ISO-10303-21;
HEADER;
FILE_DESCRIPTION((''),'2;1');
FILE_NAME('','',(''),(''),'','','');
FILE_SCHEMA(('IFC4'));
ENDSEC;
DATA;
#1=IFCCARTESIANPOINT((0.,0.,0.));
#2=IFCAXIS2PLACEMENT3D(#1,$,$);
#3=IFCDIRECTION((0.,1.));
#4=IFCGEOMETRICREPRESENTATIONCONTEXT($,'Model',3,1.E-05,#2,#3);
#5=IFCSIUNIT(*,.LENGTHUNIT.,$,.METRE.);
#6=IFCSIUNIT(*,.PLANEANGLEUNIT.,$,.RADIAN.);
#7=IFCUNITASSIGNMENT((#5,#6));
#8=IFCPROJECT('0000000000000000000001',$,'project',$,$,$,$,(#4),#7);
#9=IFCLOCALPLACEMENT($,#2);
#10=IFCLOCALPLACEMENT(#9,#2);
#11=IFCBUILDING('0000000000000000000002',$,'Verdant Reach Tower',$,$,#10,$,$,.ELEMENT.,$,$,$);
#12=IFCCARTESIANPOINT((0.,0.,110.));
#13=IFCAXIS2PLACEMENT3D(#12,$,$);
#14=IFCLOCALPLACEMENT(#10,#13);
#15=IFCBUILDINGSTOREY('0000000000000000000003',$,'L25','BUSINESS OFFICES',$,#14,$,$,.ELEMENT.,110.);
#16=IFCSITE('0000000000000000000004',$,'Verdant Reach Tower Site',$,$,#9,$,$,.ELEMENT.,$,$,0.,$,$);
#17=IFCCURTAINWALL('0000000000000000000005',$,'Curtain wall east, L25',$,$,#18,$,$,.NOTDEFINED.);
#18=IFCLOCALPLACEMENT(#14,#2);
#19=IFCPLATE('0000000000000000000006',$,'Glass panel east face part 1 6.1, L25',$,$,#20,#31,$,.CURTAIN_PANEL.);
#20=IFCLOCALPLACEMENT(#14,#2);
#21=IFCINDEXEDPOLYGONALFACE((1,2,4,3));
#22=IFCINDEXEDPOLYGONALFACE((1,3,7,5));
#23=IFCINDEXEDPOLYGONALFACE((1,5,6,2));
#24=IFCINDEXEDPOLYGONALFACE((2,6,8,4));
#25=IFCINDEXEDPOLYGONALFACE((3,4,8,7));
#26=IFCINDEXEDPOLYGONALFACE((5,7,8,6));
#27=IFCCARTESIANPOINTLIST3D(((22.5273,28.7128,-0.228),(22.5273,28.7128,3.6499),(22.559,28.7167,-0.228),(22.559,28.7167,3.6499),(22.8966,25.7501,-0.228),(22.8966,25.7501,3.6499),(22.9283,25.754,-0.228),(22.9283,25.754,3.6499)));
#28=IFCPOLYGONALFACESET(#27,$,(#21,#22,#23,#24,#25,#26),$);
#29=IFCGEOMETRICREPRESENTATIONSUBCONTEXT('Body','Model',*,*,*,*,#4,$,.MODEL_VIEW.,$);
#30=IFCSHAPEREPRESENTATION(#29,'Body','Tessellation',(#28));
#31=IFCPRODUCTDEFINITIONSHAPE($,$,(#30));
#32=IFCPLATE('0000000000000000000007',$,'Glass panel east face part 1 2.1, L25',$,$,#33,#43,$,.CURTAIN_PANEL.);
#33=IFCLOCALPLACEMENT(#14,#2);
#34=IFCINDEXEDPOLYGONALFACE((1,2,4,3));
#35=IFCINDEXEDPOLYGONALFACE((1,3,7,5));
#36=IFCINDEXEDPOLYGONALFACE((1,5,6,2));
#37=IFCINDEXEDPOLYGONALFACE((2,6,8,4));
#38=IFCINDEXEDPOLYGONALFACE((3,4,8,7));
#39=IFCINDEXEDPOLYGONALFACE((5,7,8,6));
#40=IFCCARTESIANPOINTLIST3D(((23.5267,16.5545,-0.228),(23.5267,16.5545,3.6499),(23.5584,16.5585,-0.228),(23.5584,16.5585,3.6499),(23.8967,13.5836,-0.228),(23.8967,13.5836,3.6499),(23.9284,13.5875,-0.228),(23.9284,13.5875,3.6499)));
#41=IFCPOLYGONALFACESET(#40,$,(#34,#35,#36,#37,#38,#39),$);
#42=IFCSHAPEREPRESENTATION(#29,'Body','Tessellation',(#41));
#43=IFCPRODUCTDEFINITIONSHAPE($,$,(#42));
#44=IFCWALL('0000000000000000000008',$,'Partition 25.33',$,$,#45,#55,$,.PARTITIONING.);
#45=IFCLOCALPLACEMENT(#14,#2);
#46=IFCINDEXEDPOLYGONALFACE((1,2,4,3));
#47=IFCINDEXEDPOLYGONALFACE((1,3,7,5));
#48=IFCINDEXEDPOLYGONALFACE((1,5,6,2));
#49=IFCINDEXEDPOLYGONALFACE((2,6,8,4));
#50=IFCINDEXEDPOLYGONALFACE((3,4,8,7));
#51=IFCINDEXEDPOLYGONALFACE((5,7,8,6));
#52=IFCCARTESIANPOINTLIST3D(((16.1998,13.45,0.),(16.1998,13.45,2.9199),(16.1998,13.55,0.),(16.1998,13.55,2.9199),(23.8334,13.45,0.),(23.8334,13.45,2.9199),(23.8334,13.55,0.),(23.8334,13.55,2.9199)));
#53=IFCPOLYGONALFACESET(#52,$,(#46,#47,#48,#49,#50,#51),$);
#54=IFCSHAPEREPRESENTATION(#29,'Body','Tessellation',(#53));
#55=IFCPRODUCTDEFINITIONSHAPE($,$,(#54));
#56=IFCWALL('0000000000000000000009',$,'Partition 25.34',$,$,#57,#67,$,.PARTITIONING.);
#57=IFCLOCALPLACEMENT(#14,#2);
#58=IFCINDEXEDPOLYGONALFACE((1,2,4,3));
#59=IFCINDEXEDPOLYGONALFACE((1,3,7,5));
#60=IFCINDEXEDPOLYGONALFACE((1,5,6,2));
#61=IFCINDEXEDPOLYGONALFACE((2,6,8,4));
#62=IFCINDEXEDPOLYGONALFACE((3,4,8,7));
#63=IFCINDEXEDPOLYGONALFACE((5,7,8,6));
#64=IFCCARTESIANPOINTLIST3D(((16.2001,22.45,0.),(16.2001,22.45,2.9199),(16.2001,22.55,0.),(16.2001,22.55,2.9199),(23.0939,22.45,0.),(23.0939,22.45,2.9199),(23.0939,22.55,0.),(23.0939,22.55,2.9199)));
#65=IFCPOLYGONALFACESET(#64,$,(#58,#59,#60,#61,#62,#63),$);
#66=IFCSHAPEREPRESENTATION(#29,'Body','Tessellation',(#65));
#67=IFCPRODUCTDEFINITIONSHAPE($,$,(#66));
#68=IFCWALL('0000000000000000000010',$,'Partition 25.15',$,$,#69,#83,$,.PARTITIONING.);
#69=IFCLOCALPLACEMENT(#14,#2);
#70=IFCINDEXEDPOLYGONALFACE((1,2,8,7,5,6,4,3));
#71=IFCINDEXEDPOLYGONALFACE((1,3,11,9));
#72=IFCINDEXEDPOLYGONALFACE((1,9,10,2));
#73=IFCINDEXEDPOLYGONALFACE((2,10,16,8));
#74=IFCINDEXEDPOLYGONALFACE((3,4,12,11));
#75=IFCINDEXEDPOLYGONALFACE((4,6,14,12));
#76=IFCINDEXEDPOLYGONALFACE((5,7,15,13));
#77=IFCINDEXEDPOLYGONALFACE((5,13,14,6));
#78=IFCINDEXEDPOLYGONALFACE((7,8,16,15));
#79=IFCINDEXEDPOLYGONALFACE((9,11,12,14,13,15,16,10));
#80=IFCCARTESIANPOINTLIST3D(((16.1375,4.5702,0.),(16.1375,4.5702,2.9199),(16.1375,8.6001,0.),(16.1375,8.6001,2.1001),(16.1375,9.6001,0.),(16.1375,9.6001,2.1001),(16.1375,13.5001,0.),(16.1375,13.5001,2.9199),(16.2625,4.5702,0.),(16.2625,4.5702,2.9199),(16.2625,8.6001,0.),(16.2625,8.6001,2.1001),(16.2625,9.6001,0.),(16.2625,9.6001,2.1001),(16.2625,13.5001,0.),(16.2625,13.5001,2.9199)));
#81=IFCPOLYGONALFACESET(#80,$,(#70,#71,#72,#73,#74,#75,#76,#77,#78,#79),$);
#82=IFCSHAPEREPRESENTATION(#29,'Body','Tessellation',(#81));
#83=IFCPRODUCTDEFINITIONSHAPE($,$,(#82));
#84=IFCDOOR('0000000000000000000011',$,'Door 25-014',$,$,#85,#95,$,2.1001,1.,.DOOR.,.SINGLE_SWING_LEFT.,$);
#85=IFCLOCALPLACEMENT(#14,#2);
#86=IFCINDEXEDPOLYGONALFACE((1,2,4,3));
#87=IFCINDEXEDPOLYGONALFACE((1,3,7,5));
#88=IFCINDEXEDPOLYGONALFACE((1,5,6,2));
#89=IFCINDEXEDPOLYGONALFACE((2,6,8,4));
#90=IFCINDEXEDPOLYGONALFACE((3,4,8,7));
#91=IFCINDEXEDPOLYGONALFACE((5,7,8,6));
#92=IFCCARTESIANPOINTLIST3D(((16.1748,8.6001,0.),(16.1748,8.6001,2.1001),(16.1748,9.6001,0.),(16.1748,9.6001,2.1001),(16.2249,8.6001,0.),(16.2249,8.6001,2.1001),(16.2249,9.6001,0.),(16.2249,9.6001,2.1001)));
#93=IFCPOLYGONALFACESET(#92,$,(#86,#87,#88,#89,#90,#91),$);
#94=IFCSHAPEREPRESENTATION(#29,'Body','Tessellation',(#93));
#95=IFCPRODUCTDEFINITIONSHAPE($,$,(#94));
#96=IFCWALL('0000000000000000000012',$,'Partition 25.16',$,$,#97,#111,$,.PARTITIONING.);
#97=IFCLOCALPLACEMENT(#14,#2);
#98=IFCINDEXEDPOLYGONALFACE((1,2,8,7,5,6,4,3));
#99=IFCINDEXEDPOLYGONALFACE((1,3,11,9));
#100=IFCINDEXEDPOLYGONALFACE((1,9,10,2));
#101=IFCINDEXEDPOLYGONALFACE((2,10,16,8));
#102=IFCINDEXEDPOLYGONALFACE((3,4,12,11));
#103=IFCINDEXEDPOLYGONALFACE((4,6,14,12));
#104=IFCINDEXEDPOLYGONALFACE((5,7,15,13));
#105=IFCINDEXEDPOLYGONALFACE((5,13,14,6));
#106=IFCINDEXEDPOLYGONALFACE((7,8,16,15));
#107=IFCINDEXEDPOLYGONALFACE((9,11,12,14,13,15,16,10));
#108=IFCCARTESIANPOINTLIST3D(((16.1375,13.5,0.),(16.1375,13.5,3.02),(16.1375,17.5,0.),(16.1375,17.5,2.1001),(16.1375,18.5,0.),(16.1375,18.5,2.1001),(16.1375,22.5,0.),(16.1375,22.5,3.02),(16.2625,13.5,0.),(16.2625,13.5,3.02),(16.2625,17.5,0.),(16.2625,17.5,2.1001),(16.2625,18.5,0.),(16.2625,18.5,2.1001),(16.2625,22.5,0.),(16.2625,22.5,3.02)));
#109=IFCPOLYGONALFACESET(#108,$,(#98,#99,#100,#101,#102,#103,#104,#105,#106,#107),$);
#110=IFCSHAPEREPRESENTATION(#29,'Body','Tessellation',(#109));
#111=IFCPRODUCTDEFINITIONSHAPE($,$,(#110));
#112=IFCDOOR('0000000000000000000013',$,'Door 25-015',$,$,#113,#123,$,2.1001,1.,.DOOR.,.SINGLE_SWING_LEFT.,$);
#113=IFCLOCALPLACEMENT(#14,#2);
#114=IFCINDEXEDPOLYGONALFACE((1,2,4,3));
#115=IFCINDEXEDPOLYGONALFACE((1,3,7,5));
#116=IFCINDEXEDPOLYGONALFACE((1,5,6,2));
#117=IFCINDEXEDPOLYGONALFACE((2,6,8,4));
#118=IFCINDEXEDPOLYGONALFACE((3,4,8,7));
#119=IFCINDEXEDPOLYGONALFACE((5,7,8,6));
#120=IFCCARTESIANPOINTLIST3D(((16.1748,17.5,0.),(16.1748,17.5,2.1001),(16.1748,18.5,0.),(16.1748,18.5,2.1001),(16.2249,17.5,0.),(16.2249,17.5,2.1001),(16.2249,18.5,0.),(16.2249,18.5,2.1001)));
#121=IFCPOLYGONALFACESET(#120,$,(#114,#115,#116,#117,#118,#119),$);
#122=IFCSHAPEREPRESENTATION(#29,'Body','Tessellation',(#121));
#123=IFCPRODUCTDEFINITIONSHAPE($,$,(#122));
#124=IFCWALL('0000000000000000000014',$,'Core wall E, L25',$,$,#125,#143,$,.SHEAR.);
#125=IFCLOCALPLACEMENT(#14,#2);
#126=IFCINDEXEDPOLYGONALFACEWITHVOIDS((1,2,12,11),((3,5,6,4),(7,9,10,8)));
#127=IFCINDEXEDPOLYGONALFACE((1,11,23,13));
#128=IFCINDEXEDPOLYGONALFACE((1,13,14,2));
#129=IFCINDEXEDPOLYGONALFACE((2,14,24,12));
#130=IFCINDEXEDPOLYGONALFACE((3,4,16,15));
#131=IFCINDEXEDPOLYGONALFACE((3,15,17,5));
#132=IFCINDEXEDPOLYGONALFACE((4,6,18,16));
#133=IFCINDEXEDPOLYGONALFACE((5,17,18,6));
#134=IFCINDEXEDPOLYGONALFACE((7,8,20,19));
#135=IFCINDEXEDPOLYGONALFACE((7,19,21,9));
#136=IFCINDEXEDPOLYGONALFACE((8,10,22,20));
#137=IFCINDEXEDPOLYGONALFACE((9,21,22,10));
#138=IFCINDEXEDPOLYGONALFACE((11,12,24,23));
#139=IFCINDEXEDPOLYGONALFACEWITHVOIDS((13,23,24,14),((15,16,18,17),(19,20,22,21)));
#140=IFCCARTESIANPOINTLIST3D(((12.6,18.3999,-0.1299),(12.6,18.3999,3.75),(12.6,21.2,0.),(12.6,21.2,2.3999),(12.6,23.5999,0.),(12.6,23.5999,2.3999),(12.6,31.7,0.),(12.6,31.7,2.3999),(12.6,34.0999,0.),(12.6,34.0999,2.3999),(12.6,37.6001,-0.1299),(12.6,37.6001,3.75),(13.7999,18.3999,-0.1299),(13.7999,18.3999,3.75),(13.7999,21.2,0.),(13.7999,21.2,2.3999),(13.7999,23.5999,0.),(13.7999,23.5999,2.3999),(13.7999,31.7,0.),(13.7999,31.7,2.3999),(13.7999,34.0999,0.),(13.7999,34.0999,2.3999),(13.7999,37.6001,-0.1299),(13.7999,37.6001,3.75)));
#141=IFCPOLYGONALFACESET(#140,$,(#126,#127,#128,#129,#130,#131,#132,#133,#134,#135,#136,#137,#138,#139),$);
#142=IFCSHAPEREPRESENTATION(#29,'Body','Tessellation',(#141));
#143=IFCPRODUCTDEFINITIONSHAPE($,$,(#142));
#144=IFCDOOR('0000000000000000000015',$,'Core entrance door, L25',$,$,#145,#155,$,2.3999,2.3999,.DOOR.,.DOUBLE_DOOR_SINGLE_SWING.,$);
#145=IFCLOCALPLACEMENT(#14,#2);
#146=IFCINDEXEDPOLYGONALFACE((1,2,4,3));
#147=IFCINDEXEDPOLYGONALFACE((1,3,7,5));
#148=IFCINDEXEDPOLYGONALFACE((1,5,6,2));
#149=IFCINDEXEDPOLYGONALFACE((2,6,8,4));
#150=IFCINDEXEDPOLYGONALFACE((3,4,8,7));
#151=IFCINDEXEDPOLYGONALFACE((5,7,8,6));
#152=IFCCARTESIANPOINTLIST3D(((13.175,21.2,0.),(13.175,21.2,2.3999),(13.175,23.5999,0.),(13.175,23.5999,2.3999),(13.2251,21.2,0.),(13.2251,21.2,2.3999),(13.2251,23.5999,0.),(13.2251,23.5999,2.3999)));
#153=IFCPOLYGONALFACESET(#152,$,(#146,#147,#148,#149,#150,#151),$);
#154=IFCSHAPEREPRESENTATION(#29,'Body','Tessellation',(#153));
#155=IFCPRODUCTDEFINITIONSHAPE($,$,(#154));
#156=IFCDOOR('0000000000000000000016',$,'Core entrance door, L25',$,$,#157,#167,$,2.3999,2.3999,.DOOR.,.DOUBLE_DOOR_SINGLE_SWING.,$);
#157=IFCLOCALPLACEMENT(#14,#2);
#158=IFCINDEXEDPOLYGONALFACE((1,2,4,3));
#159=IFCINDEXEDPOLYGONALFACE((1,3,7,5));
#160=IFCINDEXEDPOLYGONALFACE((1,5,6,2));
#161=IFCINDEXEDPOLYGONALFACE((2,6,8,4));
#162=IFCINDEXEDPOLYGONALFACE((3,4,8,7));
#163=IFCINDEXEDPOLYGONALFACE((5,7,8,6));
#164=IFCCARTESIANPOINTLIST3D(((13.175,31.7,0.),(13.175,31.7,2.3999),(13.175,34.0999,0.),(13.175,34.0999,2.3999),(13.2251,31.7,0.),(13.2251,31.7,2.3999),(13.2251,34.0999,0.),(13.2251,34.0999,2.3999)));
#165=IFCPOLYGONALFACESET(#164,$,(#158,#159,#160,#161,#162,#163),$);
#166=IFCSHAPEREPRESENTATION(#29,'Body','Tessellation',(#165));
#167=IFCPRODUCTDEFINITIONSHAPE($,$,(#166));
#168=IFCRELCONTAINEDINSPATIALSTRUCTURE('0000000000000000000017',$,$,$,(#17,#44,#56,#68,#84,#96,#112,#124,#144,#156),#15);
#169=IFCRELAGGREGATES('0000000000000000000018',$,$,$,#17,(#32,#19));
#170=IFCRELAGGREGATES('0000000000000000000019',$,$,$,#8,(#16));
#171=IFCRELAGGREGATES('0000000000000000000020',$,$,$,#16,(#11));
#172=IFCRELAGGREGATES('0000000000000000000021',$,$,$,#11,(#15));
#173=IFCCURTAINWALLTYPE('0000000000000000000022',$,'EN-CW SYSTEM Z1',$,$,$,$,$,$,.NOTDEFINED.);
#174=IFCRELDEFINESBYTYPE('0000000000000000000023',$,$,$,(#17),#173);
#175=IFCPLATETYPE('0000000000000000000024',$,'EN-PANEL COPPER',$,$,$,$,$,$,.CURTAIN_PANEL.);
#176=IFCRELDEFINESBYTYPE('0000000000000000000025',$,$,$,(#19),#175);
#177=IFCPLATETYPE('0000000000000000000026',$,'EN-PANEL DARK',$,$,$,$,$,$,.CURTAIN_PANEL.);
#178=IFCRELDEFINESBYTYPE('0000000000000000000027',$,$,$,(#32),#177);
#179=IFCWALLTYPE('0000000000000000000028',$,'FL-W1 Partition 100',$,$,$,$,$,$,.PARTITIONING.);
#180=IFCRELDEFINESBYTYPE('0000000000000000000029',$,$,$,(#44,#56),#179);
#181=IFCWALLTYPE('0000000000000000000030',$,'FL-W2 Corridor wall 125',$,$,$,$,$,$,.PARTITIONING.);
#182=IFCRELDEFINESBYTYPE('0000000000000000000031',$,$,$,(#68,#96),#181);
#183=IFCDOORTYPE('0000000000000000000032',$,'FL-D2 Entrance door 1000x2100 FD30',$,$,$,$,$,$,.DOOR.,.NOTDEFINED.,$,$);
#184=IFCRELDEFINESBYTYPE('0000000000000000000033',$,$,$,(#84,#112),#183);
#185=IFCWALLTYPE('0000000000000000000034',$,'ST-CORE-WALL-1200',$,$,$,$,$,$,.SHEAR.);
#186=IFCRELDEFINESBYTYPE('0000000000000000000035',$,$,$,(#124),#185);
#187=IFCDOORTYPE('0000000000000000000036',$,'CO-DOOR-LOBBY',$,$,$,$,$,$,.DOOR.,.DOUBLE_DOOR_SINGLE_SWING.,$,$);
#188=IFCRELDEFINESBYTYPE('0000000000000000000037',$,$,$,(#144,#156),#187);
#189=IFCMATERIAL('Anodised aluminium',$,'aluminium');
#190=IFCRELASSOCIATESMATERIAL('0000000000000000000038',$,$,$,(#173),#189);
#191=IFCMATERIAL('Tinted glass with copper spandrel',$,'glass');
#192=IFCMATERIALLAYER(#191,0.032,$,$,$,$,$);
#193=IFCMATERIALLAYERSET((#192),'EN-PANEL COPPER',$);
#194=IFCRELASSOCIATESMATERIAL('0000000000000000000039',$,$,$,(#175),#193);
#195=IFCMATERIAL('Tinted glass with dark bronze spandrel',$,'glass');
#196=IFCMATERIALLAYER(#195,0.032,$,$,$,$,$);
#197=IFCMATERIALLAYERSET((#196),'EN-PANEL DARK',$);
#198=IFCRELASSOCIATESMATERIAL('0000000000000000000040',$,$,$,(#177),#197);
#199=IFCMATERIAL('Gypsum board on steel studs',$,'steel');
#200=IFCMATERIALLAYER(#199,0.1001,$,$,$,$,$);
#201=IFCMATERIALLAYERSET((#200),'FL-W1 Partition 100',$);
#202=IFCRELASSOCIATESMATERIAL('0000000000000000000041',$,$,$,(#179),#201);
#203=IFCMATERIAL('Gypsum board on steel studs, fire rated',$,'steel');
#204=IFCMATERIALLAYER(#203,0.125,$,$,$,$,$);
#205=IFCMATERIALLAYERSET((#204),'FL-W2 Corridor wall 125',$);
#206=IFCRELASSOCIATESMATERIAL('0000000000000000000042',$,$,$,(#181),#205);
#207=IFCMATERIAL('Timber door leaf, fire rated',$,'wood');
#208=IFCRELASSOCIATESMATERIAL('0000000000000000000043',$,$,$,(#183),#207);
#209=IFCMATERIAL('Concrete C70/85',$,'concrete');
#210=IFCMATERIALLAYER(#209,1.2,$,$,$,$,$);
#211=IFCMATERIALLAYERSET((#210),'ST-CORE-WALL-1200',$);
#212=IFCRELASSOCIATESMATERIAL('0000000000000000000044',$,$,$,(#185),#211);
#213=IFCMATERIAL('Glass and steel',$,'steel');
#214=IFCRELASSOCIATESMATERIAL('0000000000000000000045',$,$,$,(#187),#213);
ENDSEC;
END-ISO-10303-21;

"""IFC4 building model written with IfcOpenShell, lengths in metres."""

from ifc_helpers import new_model, si_unit, direction, frame, frame_2d, origin, origin_2d, place, context, subcontext, project, spatial, rectangle, extrude, material, layer, layer_set, type_object, element, fill, aggregate, save


model = new_model("IFC4")

# Units and contexts
model_context = context("Model", 3, precision=1e-05, world=origin(), true_north=direction((0.0, 1.0)))
body_context = subcontext(model_context, "Body", "Model", "MODEL_VIEW")
ifc_project = project(units=[si_unit("LENGTHUNIT", "METRE"), si_unit("PLANEANGLEUNIT", "RADIAN")], contexts=[model_context])

# Site, building, storey
site_placement = place(None, origin())
site = spatial("IfcSite", under=ifc_project, at=site_placement, Name="Verdant Reach Tower Site", CompositionType="ELEMENT", RefElevation=0.0)
building_placement = place(site_placement, origin())
building = spatial("IfcBuilding", under=site, at=building_placement, Name="Verdant Reach Tower", CompositionType="ELEMENT")
storey_placement = place(building_placement, frame((0.0, 0.0, 110.0)))
storey = spatial("IfcBuildingStorey", under=building, at=storey_placement, Name="L25", Description="BUSINESS OFFICES", CompositionType="ELEMENT", Elevation=110.0)

# Curtain wall, plates
ifc_material_1 = material(Name="Anodised aluminium", Category="aluminium")
curtain_wall_type = type_object("IfcCurtainWallType", Name="EN-CW SYSTEM Z1", PredefinedType="NOTDEFINED", material=ifc_material_1)
curtain_wall_placement = place(storey_placement, origin())
curtain_wall = element("IfcCurtainWall", 1, at=curtain_wall_placement, inside=storey, type_object=curtain_wall_type, Name="Curtain wall east, L25", PredefinedType="NOTDEFINED")
ifc_material_2 = material(Name="Tinted glass with copper spandrel", Category="glass")
ifc_layer_1 = layer(ifc_material_2, 0.032)
ifc_layer_set_1 = layer_set([ifc_layer_1], Name="EN-PANEL COPPER")
plate_type_1 = type_object("IfcPlateType", Name="EN-PANEL COPPER", PredefinedType="CURTAIN_PANEL", material=ifc_layer_set_1)
plate_1_placement = place(storey_placement, frame((22.7278, 27.2334, -0.228), z_axis=(0.0, 0.0, 1.0), x_axis=(-0.123691, 0.992321, 0.0)))
plate_1 = element("IfcPlate", 2, at=plate_1_placement, type_object=plate_type_1, Name="Glass panel east face part 1 6.1, L25", PredefinedType="CURTAIN_PANEL", context=body_context, shape_type="SweptSolid", body=[
    extrude(rectangle(XDim=2.9856, YDim=0.032, at=origin_2d()), origin(), (0.0, 0.0, 1.0), 3.8779),
])
ifc_material_3 = material(Name="Tinted glass with dark bronze spandrel", Category="glass")
ifc_layer_2 = layer(ifc_material_3, 0.032)
ifc_layer_set_2 = layer_set([ifc_layer_2], Name="EN-PANEL DARK")
plate_type_2 = type_object("IfcPlateType", Name="EN-PANEL DARK", PredefinedType="CURTAIN_PANEL", material=ifc_layer_set_2)
plate_2_placement = place(storey_placement, frame((23.7275, 15.071, -0.228), z_axis=(0.0, 0.0, 1.0), x_axis=(-0.123579, 0.992335, 0.0)))
plate_2 = element("IfcPlate", 3, at=plate_2_placement, type_object=plate_type_2, Name="Glass panel east face part 1 2.1, L25", PredefinedType="CURTAIN_PANEL", context=body_context, shape_type="SweptSolid", body=[
    extrude(rectangle(XDim=2.9939, YDim=0.032, at=origin_2d()), origin(), (0.0, 0.0, 1.0), 3.8779),
])
aggregate(curtain_wall, [plate_2, plate_1])

# Walls
ifc_material_4 = material(Name="Gypsum board on steel studs", Category="steel")
ifc_layer_3 = layer(ifc_material_4, 0.1001)
ifc_layer_set_3 = layer_set([ifc_layer_3], Name="FL-W1 Partition 100")
wall_type_1 = type_object("IfcWallType", Name="FL-W1 Partition 100", PredefinedType="PARTITIONING", material=ifc_layer_set_3)
wall_1_placement = place(storey_placement, frame((23.8335, 13.5, 0.0), z_axis=(0.0, 0.0, 1.0), x_axis=(-1.0, 0.0, 0.0)))
element("IfcWall", 4, at=wall_1_placement, inside=storey, type_object=wall_type_1, Name="Partition 25.33", PredefinedType="PARTITIONING", context=body_context, shape_type="SweptSolid", body=[
    extrude(rectangle(XDim=7.6335, YDim=0.1001, at=frame_2d((3.8169, 0.0))), origin(), (0.0, 0.0, 1.0), 2.9199),
])
wall_2_placement = place(storey_placement, frame((23.0938, 22.5, 0.0), z_axis=(0.0, 0.0, 1.0), x_axis=(-1.0, 0.0, 0.0)))
element("IfcWall", 5, at=wall_2_placement, inside=storey, type_object=wall_type_1, Name="Partition 25.34", PredefinedType="PARTITIONING", context=body_context, shape_type="SweptSolid", body=[
    extrude(rectangle(XDim=6.8938, YDim=0.1001, at=frame_2d((3.4468, 0.0))), origin(), (0.0, 0.0, 1.0), 2.9199),
])

# Walls, openings, doors
ifc_material_5 = material(Name="Gypsum board on steel studs, fire rated", Category="steel")
ifc_layer_4 = layer(ifc_material_5, 0.125)
ifc_layer_set_4 = layer_set([ifc_layer_4], Name="FL-W2 Corridor wall 125")
wall_type_2 = type_object("IfcWallType", Name="FL-W2 Corridor wall 125", PredefinedType="PARTITIONING", material=ifc_layer_set_4)
wall_3_placement = place(storey_placement, frame((16.2, 13.5, 0.0), z_axis=(0.0, 0.0, 1.0), x_axis=(0.0, -1.0, 0.0)))
wall_3 = element("IfcWall", 6, at=wall_3_placement, inside=storey, type_object=wall_type_2, Name="Partition 25.15", PredefinedType="PARTITIONING", context=body_context, shape_type="SweptSolid", body=[
    extrude(rectangle(XDim=8.9299, YDim=0.125, at=frame_2d((4.4648, 0.0))), origin(), (0.0, 0.0, 1.0), 2.9199),
])
opening_1_placement = place(wall_3_placement, frame((3.8999, 0.0, 0.0)))
opening_1 = element("IfcOpeningElement", 7, at=opening_1_placement, cuts=wall_3, PredefinedType="OPENING", context=body_context, shape_type="SweptSolid", body=[
    extrude(rectangle(XDim=1.0, YDim=2.1001, at=frame_2d((0.5, 1.05))), frame((0.0, 0.0725, 0.0), z_axis=(0.0, -1.0, 0.0), x_axis=(1.0, 0.0, 0.0)), (0.0, 0.0, 1.0), 0.145),
])
ifc_material_6 = material(Name="Timber door leaf, fire rated", Category="wood")
door_type_1 = type_object("IfcDoorType", Name="FL-D2 Entrance door 1000x2100 FD30", OperationType="NOTDEFINED", PredefinedType="DOOR", material=ifc_material_6)
door_1_placement = place(opening_1_placement, origin())
door_1 = element("IfcDoor", 8, at=door_1_placement, inside=storey, type_object=door_type_1, Name="Door 25-014", OperationType="SINGLE_SWING_LEFT", OverallHeight=2.1001, OverallWidth=1.0, PredefinedType="DOOR", context=body_context, shape_type="SweptSolid", body=[
    extrude(rectangle(XDim=1.0, YDim=2.1001, at=frame_2d((0.5, 1.05))), frame((0.0, 0.0249, 0.0), z_axis=(0.0, -1.0, 0.0), x_axis=(1.0, 0.0, 0.0)), (0.0, 0.0, 1.0), 0.05),
])
fill(opening_1, door_1)
wall_4_placement = place(storey_placement, frame((16.2, 22.5, 0.0), z_axis=(0.0, 0.0, 1.0), x_axis=(0.0, -1.0, 0.0)))
wall_4 = element("IfcWall", 9, at=wall_4_placement, inside=storey, type_object=wall_type_2, Name="Partition 25.16", PredefinedType="PARTITIONING", context=body_context, shape_type="SweptSolid", body=[
    extrude(rectangle(XDim=9.0, YDim=0.125, at=frame_2d((4.5, 0.0))), origin(), (0.0, 0.0, 1.0), 3.02),
])
opening_2_placement = place(wall_4_placement, frame((4.0, 0.0, 0.0)))
opening_2 = element("IfcOpeningElement", 10, at=opening_2_placement, cuts=wall_4, PredefinedType="OPENING", context=body_context, shape_type="SweptSolid", body=[
    extrude(rectangle(XDim=1.0, YDim=2.1001, at=frame_2d((0.5, 1.05))), frame((0.0, 0.0725, 0.0), z_axis=(0.0, -1.0, 0.0), x_axis=(1.0, 0.0, 0.0)), (0.0, 0.0, 1.0), 0.145),
])
door_2_placement = place(opening_2_placement, origin())
door_2 = element("IfcDoor", 11, at=door_2_placement, inside=storey, type_object=door_type_1, Name="Door 25-015", OperationType="SINGLE_SWING_LEFT", OverallHeight=2.1001, OverallWidth=1.0, PredefinedType="DOOR", context=body_context, shape_type="SweptSolid", body=[
    extrude(rectangle(XDim=1.0, YDim=2.1001, at=frame_2d((0.5, 1.05))), frame((0.0, 0.0249, 0.0), z_axis=(0.0, -1.0, 0.0), x_axis=(1.0, 0.0, 0.0)), (0.0, 0.0, 1.0), 0.05),
])
fill(opening_2, door_2)

# Wall, openings, doors
ifc_material_7 = material(Name="Concrete C70/85", Category="concrete")
ifc_layer_5 = layer(ifc_material_7, 1.2)
ifc_layer_set_5 = layer_set([ifc_layer_5], Name="ST-CORE-WALL-1200")
wall_type_3 = type_object("IfcWallType", Name="ST-CORE-WALL-1200", PredefinedType="SHEAR", material=ifc_layer_set_5)
wall_5_placement = place(storey_placement, frame((13.2, 18.3999, -0.1299), z_axis=(0.0, 0.0, 1.0), x_axis=(0.0, 1.0, 0.0)))
wall_5 = element("IfcWall", 12, at=wall_5_placement, inside=storey, type_object=wall_type_3, Name="Core wall E, L25", PredefinedType="SHEAR", context=body_context, shape_type="SweptSolid", body=[
    extrude(rectangle(XDim=19.2002, YDim=1.2, at=frame_2d((9.6001, 0.0))), origin(), (0.0, 0.0, 1.0), 3.8799),
])
opening_3_placement = place(wall_5_placement, frame((2.8, 0.0, 0.1299)))
opening_3 = element("IfcOpeningElement", 13, at=opening_3_placement, cuts=wall_5, PredefinedType="OPENING", context=body_context, shape_type="SweptSolid", body=[
    extrude(rectangle(XDim=2.3999, YDim=2.3999, at=frame_2d((1.2, 1.2))), frame((0.0, 0.6099, 0.0), z_axis=(0.0, -1.0, 0.0), x_axis=(1.0, 0.0, 0.0)), (0.0, 0.0, 1.0), 1.22),
])
opening_4_placement = place(wall_5_placement, frame((13.3, 0.0, 0.1299)))
opening_4 = element("IfcOpeningElement", 14, at=opening_4_placement, cuts=wall_5, PredefinedType="OPENING", context=body_context, shape_type="SweptSolid", body=[
    extrude(rectangle(XDim=2.3999, YDim=2.3999, at=frame_2d((1.2, 1.2))), frame((0.0, 0.6099, 0.0), z_axis=(0.0, -1.0, 0.0), x_axis=(1.0, 0.0, 0.0)), (0.0, 0.0, 1.0), 1.22),
])
ifc_material_8 = material(Name="Glass and steel", Category="steel")
door_type_2 = type_object("IfcDoorType", Name="CO-DOOR-LOBBY", OperationType="DOUBLE_DOOR_SINGLE_SWING", PredefinedType="DOOR", material=ifc_material_8)
door_3_placement = place(opening_3_placement, origin())
door_3 = element("IfcDoor", 15, at=door_3_placement, inside=storey, type_object=door_type_2, Name="Core entrance door, L25", OperationType="DOUBLE_DOOR_SINGLE_SWING", OverallHeight=2.3999, OverallWidth=2.3999, PredefinedType="DOOR", context=body_context, shape_type="SweptSolid", body=[
    extrude(rectangle(XDim=2.3999, YDim=2.3999, at=frame_2d((1.2, 1.2))), frame((0.0, 0.0249, 0.0), z_axis=(0.0, -1.0, 0.0), x_axis=(1.0, 0.0, 0.0)), (0.0, 0.0, 1.0), 0.05),
])
fill(opening_3, door_3)
door_4_placement = place(opening_4_placement, origin())
door_4 = element("IfcDoor", 16, at=door_4_placement, inside=storey, type_object=door_type_2, Name="Core entrance door, L25", OperationType="DOUBLE_DOOR_SINGLE_SWING", OverallHeight=2.3999, OverallWidth=2.3999, PredefinedType="DOOR", context=body_context, shape_type="SweptSolid", body=[
    extrude(rectangle(XDim=2.3999, YDim=2.3999, at=frame_2d((1.2, 1.2))), frame((0.0, 0.0249, 0.0), z_axis=(0.0, -1.0, 0.0), x_axis=(1.0, 0.0, 0.0)), (0.0, 0.0, 1.0), 0.05),
])
fill(opening_4, door_4)

save(model, "model.ifc")
